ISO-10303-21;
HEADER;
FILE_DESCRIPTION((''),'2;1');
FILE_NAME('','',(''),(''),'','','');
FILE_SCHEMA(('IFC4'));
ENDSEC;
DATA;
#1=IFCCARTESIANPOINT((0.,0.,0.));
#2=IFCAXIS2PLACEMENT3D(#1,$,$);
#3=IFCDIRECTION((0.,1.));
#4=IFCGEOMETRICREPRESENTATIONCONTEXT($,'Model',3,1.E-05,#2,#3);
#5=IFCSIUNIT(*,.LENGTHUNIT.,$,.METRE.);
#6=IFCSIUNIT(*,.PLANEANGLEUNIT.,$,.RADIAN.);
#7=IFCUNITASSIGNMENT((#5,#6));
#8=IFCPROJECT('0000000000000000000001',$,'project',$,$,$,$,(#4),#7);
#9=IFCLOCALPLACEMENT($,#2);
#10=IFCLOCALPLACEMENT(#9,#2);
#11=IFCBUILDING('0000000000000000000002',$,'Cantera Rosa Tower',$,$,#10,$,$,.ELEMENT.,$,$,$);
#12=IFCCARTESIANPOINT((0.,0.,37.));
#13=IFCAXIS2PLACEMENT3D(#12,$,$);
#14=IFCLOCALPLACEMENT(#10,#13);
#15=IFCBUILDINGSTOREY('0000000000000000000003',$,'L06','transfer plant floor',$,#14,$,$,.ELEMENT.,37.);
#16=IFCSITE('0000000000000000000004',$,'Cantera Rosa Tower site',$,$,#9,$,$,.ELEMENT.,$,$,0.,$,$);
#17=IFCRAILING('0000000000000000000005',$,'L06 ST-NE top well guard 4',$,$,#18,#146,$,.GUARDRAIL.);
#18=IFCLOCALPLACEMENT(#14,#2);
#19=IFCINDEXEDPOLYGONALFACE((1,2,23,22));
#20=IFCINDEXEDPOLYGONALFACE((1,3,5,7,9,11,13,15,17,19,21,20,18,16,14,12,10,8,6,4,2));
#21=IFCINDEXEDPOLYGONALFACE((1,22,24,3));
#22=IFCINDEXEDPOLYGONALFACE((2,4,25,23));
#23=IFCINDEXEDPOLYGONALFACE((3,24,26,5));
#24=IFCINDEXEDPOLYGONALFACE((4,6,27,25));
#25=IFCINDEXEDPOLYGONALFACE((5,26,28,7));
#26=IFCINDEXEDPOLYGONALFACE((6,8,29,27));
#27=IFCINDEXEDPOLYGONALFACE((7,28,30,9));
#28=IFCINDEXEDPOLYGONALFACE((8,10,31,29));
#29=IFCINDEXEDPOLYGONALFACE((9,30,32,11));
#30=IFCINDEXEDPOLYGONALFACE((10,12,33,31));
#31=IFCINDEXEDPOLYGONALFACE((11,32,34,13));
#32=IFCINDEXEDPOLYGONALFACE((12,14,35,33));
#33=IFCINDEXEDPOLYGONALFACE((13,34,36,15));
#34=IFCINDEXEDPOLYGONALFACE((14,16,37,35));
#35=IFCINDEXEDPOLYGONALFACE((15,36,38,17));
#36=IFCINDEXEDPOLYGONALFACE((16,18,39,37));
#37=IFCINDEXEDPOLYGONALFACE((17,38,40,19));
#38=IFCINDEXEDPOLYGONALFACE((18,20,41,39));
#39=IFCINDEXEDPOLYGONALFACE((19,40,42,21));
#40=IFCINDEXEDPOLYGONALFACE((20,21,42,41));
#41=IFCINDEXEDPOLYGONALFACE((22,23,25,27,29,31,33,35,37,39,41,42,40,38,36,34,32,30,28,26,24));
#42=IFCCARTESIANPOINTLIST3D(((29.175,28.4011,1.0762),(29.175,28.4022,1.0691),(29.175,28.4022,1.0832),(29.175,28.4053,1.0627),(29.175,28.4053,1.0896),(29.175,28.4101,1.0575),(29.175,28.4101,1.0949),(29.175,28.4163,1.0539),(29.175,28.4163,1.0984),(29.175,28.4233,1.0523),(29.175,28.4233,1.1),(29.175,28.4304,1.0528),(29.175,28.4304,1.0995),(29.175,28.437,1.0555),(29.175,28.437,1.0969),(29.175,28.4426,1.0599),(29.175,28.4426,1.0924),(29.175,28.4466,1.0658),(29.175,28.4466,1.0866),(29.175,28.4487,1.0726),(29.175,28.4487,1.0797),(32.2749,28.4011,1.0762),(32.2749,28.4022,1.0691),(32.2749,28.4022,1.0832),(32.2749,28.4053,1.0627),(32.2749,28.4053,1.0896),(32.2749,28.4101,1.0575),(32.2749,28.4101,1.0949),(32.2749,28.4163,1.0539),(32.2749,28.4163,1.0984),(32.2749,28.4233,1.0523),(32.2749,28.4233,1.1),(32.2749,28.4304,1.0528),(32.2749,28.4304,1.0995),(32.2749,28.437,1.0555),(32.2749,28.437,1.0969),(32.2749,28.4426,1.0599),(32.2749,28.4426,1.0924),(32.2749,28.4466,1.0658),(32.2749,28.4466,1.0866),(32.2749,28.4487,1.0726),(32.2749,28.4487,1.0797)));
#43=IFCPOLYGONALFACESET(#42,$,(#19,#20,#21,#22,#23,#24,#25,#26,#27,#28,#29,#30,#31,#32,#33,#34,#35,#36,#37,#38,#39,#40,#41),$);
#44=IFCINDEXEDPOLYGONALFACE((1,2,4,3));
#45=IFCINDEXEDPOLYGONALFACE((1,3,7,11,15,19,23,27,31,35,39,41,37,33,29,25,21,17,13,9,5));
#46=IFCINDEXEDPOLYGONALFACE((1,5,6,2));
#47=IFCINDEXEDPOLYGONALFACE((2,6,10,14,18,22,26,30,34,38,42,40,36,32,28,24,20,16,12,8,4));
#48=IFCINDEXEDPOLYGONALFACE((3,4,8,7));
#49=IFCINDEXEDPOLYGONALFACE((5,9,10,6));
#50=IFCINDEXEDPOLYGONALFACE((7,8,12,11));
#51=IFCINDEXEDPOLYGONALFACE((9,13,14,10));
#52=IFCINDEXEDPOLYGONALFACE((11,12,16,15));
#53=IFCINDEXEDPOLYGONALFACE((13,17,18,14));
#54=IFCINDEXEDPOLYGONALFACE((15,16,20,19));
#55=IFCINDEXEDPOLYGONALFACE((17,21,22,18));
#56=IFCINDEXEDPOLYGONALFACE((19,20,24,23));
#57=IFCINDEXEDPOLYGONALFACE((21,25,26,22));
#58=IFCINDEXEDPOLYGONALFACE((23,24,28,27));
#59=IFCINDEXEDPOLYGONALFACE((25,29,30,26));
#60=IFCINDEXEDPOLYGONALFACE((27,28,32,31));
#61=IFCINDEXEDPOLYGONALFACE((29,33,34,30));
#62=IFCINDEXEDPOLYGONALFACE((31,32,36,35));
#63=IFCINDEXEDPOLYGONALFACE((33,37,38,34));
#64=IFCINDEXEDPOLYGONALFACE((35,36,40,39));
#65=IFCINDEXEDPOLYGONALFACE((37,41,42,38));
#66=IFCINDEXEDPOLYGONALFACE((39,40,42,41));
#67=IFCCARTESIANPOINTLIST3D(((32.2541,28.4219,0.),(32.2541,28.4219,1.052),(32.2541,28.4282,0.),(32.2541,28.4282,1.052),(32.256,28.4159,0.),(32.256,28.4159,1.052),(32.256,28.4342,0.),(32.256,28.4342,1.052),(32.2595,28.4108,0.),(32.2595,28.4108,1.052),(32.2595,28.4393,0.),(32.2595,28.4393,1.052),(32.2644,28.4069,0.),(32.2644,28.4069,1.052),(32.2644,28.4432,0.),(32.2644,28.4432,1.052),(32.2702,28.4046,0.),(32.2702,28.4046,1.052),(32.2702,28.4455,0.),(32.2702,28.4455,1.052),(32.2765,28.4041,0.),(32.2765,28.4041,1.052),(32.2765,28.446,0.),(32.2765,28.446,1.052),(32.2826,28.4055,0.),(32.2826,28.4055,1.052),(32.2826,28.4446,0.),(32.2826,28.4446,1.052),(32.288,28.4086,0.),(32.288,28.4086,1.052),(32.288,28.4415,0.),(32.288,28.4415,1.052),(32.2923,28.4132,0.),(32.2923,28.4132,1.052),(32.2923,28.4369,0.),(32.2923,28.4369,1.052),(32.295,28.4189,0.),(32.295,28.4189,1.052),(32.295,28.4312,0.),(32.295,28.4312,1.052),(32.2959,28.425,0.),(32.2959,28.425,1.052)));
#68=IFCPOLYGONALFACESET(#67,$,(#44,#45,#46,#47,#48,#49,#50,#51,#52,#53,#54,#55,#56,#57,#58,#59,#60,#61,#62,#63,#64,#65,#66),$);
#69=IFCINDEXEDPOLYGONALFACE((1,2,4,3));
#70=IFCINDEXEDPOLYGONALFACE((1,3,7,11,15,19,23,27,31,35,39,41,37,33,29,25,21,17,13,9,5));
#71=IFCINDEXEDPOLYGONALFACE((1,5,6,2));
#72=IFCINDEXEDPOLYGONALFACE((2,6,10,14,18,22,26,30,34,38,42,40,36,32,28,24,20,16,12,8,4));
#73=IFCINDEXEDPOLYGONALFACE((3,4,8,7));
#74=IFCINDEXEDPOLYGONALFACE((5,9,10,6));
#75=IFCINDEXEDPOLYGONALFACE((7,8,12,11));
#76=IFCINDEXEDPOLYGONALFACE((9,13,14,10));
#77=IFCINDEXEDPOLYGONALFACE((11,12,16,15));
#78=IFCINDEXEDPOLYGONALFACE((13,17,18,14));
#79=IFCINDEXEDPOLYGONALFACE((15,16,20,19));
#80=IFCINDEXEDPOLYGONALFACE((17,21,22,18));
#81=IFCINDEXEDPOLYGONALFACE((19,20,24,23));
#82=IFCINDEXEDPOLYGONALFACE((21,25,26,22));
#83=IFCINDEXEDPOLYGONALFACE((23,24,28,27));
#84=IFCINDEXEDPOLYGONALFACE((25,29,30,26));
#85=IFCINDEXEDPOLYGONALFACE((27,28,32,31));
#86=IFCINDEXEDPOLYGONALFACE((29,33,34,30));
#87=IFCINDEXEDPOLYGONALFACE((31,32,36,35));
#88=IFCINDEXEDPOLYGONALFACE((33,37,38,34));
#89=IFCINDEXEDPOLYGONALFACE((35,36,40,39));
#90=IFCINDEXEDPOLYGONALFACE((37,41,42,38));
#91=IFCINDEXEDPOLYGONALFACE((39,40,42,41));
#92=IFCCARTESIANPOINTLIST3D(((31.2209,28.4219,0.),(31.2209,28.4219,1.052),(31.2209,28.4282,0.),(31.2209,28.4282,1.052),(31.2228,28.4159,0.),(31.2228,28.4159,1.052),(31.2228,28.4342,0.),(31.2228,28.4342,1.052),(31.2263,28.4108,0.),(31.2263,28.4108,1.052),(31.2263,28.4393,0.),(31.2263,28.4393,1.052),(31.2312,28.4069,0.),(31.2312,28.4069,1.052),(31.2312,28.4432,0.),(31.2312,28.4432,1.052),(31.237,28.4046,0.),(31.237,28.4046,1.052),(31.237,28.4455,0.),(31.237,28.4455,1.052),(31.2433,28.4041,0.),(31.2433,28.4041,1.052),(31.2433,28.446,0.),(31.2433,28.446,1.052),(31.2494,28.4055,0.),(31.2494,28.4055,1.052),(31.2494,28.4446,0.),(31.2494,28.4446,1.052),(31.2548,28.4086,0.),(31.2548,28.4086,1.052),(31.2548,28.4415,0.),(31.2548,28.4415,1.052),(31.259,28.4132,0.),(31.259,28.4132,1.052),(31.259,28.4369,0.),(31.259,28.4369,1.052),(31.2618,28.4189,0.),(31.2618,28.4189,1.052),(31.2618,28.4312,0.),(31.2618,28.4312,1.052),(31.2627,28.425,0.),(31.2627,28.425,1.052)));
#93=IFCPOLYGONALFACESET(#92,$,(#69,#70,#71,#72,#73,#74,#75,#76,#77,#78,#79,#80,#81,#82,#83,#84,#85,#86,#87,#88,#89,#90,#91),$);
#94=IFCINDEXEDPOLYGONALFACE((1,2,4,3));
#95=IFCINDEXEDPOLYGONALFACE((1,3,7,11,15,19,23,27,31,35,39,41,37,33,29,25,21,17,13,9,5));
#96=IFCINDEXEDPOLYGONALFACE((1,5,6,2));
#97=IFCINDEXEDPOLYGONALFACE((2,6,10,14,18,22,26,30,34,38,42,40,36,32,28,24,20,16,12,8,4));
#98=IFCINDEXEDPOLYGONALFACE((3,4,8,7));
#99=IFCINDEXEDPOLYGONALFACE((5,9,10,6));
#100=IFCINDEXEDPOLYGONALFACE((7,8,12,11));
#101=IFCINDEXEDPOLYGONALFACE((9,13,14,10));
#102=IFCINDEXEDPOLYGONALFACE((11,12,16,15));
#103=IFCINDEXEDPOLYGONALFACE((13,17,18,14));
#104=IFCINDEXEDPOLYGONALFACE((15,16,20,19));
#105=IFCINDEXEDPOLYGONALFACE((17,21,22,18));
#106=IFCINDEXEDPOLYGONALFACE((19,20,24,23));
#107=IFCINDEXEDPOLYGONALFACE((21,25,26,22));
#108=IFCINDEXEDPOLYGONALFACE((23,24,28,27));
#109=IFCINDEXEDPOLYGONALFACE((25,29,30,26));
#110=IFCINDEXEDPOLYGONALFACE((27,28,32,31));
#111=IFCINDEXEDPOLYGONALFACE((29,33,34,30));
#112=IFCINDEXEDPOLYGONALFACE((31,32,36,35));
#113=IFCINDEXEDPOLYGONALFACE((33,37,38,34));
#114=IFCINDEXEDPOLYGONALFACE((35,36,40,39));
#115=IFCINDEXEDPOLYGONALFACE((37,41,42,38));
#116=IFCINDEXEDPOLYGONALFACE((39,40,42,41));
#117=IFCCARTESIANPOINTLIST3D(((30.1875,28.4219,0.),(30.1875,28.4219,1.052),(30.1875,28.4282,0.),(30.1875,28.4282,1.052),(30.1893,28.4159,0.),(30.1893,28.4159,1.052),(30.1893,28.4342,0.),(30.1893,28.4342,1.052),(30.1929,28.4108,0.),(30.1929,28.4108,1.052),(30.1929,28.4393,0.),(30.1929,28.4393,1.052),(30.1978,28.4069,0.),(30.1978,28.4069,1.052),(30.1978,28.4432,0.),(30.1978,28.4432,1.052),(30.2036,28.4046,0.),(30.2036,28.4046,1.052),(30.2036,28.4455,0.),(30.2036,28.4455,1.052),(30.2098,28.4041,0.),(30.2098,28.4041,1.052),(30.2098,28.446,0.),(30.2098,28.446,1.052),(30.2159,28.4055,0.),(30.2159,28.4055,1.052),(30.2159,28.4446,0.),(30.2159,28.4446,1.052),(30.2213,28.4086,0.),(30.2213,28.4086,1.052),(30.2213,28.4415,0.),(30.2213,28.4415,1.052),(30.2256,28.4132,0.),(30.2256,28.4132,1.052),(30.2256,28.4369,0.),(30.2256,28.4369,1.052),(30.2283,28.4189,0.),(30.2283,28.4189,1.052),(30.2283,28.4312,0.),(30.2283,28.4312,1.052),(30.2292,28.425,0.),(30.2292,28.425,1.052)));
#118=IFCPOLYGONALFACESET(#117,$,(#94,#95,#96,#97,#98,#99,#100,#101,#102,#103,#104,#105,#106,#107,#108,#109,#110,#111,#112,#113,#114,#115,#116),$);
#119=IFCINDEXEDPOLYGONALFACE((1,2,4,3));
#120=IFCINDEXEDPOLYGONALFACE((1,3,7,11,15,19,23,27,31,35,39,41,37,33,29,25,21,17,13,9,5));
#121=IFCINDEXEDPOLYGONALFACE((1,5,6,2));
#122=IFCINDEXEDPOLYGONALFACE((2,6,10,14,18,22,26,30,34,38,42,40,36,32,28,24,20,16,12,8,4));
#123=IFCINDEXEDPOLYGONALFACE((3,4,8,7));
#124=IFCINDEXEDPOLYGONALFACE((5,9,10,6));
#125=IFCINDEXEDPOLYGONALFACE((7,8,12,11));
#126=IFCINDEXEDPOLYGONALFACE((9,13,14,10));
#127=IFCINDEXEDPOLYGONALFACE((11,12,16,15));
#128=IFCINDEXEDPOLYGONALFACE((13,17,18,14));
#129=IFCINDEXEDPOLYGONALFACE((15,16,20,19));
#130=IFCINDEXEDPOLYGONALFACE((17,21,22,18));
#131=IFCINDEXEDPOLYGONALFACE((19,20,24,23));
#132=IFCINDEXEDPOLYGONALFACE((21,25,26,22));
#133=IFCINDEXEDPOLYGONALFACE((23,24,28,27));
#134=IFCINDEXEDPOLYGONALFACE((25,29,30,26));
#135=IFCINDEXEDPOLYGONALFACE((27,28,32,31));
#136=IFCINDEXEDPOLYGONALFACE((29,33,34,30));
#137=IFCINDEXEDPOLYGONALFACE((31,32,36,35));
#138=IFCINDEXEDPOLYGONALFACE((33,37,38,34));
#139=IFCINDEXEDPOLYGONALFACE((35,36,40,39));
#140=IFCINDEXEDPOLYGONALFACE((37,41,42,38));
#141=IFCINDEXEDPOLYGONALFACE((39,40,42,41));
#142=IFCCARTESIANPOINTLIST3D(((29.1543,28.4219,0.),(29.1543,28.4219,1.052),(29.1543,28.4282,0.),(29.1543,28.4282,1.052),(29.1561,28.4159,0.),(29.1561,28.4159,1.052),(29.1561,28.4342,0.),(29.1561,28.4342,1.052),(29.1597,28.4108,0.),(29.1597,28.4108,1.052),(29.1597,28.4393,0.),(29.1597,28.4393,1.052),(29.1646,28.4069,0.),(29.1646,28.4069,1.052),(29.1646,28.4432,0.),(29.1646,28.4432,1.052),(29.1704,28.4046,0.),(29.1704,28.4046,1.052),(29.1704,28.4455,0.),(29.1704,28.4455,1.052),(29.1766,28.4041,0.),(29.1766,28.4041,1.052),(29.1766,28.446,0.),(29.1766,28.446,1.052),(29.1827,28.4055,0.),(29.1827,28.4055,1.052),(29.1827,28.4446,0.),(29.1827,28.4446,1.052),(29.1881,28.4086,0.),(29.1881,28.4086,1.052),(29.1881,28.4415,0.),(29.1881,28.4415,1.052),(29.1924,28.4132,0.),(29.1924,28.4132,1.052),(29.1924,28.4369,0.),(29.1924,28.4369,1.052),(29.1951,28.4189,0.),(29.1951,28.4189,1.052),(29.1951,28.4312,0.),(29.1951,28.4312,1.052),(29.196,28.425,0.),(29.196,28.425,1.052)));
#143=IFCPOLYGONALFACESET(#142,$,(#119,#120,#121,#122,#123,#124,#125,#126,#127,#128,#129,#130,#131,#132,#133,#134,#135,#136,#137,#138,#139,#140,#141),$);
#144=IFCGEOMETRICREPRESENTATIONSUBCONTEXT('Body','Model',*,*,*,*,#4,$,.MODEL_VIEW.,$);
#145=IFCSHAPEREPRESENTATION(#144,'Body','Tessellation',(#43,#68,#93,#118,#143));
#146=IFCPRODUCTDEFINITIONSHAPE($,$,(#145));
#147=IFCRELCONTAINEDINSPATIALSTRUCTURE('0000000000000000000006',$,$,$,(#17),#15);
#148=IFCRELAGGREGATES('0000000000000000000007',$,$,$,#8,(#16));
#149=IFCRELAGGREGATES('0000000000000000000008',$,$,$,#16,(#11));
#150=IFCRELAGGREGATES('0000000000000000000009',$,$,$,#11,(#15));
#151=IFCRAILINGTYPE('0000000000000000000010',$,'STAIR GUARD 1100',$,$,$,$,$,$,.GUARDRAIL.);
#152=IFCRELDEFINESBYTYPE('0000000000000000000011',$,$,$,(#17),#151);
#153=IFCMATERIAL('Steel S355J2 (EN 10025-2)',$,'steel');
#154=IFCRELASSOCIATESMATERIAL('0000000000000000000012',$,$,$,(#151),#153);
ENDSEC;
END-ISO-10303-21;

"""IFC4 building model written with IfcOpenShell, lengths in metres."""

from ifc_helpers import new_model, si_unit, direction, frame, origin, origin_2d, place, context, subcontext, project, spatial, circle, extrude, material, type_object, element, save


model = new_model("IFC4")

# Units and contexts
model_context = context("Model", 3, precision=1e-05, world=origin(), true_north=direction((0.0, 1.0)))
body_context = subcontext(model_context, "Body", "Model", "MODEL_VIEW")
ifc_project = project(units=[si_unit("LENGTHUNIT", "METRE"), si_unit("PLANEANGLEUNIT", "RADIAN")], contexts=[model_context])

# Site, building, storey
site_placement = place(None, origin())
site = spatial("IfcSite", under=ifc_project, at=site_placement, Name="Cantera Rosa Tower site", CompositionType="ELEMENT", RefElevation=0.0)
building_placement = place(site_placement, origin())
building = spatial("IfcBuilding", under=site, at=building_placement, Name="Cantera Rosa Tower", CompositionType="ELEMENT")
storey_placement = place(building_placement, frame((0.0, 0.0, 37.0)))
storey = spatial("IfcBuildingStorey", under=building, at=storey_placement, Name="L06", Description="transfer plant floor", CompositionType="ELEMENT", Elevation=37.0)

# Railing
ifc_material_1 = material(Name="Steel S355J2 (EN 10025-2)", Category="steel")
railing_type = type_object("IfcRailingType", Name="STAIR GUARD 1100", PredefinedType="GUARDRAIL", material=ifc_material_1)
railing_1_placement = place(storey_placement, frame((32.2749, 28.425, 0.0)))
element("IfcRailing", 1, at=railing_1_placement, inside=storey, type_object=railing_type, Name="L06 ST-NE top well guard 4", PredefinedType="GUARDRAIL", context=body_context, shape_type="SweptSolid", body=[
    extrude(circle(Radius=0.0239, at=origin_2d()), frame((0.0, 0.0, 1.0762), z_axis=(-1.0, 0.0, 0.0), x_axis=(0.0, -1.0, 0.0)), (0.0, 0.0, 1.0), 3.0999),
    extrude(circle(Radius=0.021, at=origin_2d()), origin(), (0.0, 0.0, 1.0), 1.052),
    extrude(circle(Radius=0.021, at=origin_2d()), frame((-1.0332, 0.0, 0.0)), (0.0, 0.0, 1.0), 1.052),
    extrude(circle(Radius=0.021, at=origin_2d()), frame((-2.0667, 0.0, 0.0)), (0.0, 0.0, 1.0), 1.052),
    extrude(circle(Radius=0.021, at=origin_2d()), frame((-3.0999, 0.0, 0.0)), (0.0, 0.0, 1.0), 1.052),
])

save(model, "model.ifc")
